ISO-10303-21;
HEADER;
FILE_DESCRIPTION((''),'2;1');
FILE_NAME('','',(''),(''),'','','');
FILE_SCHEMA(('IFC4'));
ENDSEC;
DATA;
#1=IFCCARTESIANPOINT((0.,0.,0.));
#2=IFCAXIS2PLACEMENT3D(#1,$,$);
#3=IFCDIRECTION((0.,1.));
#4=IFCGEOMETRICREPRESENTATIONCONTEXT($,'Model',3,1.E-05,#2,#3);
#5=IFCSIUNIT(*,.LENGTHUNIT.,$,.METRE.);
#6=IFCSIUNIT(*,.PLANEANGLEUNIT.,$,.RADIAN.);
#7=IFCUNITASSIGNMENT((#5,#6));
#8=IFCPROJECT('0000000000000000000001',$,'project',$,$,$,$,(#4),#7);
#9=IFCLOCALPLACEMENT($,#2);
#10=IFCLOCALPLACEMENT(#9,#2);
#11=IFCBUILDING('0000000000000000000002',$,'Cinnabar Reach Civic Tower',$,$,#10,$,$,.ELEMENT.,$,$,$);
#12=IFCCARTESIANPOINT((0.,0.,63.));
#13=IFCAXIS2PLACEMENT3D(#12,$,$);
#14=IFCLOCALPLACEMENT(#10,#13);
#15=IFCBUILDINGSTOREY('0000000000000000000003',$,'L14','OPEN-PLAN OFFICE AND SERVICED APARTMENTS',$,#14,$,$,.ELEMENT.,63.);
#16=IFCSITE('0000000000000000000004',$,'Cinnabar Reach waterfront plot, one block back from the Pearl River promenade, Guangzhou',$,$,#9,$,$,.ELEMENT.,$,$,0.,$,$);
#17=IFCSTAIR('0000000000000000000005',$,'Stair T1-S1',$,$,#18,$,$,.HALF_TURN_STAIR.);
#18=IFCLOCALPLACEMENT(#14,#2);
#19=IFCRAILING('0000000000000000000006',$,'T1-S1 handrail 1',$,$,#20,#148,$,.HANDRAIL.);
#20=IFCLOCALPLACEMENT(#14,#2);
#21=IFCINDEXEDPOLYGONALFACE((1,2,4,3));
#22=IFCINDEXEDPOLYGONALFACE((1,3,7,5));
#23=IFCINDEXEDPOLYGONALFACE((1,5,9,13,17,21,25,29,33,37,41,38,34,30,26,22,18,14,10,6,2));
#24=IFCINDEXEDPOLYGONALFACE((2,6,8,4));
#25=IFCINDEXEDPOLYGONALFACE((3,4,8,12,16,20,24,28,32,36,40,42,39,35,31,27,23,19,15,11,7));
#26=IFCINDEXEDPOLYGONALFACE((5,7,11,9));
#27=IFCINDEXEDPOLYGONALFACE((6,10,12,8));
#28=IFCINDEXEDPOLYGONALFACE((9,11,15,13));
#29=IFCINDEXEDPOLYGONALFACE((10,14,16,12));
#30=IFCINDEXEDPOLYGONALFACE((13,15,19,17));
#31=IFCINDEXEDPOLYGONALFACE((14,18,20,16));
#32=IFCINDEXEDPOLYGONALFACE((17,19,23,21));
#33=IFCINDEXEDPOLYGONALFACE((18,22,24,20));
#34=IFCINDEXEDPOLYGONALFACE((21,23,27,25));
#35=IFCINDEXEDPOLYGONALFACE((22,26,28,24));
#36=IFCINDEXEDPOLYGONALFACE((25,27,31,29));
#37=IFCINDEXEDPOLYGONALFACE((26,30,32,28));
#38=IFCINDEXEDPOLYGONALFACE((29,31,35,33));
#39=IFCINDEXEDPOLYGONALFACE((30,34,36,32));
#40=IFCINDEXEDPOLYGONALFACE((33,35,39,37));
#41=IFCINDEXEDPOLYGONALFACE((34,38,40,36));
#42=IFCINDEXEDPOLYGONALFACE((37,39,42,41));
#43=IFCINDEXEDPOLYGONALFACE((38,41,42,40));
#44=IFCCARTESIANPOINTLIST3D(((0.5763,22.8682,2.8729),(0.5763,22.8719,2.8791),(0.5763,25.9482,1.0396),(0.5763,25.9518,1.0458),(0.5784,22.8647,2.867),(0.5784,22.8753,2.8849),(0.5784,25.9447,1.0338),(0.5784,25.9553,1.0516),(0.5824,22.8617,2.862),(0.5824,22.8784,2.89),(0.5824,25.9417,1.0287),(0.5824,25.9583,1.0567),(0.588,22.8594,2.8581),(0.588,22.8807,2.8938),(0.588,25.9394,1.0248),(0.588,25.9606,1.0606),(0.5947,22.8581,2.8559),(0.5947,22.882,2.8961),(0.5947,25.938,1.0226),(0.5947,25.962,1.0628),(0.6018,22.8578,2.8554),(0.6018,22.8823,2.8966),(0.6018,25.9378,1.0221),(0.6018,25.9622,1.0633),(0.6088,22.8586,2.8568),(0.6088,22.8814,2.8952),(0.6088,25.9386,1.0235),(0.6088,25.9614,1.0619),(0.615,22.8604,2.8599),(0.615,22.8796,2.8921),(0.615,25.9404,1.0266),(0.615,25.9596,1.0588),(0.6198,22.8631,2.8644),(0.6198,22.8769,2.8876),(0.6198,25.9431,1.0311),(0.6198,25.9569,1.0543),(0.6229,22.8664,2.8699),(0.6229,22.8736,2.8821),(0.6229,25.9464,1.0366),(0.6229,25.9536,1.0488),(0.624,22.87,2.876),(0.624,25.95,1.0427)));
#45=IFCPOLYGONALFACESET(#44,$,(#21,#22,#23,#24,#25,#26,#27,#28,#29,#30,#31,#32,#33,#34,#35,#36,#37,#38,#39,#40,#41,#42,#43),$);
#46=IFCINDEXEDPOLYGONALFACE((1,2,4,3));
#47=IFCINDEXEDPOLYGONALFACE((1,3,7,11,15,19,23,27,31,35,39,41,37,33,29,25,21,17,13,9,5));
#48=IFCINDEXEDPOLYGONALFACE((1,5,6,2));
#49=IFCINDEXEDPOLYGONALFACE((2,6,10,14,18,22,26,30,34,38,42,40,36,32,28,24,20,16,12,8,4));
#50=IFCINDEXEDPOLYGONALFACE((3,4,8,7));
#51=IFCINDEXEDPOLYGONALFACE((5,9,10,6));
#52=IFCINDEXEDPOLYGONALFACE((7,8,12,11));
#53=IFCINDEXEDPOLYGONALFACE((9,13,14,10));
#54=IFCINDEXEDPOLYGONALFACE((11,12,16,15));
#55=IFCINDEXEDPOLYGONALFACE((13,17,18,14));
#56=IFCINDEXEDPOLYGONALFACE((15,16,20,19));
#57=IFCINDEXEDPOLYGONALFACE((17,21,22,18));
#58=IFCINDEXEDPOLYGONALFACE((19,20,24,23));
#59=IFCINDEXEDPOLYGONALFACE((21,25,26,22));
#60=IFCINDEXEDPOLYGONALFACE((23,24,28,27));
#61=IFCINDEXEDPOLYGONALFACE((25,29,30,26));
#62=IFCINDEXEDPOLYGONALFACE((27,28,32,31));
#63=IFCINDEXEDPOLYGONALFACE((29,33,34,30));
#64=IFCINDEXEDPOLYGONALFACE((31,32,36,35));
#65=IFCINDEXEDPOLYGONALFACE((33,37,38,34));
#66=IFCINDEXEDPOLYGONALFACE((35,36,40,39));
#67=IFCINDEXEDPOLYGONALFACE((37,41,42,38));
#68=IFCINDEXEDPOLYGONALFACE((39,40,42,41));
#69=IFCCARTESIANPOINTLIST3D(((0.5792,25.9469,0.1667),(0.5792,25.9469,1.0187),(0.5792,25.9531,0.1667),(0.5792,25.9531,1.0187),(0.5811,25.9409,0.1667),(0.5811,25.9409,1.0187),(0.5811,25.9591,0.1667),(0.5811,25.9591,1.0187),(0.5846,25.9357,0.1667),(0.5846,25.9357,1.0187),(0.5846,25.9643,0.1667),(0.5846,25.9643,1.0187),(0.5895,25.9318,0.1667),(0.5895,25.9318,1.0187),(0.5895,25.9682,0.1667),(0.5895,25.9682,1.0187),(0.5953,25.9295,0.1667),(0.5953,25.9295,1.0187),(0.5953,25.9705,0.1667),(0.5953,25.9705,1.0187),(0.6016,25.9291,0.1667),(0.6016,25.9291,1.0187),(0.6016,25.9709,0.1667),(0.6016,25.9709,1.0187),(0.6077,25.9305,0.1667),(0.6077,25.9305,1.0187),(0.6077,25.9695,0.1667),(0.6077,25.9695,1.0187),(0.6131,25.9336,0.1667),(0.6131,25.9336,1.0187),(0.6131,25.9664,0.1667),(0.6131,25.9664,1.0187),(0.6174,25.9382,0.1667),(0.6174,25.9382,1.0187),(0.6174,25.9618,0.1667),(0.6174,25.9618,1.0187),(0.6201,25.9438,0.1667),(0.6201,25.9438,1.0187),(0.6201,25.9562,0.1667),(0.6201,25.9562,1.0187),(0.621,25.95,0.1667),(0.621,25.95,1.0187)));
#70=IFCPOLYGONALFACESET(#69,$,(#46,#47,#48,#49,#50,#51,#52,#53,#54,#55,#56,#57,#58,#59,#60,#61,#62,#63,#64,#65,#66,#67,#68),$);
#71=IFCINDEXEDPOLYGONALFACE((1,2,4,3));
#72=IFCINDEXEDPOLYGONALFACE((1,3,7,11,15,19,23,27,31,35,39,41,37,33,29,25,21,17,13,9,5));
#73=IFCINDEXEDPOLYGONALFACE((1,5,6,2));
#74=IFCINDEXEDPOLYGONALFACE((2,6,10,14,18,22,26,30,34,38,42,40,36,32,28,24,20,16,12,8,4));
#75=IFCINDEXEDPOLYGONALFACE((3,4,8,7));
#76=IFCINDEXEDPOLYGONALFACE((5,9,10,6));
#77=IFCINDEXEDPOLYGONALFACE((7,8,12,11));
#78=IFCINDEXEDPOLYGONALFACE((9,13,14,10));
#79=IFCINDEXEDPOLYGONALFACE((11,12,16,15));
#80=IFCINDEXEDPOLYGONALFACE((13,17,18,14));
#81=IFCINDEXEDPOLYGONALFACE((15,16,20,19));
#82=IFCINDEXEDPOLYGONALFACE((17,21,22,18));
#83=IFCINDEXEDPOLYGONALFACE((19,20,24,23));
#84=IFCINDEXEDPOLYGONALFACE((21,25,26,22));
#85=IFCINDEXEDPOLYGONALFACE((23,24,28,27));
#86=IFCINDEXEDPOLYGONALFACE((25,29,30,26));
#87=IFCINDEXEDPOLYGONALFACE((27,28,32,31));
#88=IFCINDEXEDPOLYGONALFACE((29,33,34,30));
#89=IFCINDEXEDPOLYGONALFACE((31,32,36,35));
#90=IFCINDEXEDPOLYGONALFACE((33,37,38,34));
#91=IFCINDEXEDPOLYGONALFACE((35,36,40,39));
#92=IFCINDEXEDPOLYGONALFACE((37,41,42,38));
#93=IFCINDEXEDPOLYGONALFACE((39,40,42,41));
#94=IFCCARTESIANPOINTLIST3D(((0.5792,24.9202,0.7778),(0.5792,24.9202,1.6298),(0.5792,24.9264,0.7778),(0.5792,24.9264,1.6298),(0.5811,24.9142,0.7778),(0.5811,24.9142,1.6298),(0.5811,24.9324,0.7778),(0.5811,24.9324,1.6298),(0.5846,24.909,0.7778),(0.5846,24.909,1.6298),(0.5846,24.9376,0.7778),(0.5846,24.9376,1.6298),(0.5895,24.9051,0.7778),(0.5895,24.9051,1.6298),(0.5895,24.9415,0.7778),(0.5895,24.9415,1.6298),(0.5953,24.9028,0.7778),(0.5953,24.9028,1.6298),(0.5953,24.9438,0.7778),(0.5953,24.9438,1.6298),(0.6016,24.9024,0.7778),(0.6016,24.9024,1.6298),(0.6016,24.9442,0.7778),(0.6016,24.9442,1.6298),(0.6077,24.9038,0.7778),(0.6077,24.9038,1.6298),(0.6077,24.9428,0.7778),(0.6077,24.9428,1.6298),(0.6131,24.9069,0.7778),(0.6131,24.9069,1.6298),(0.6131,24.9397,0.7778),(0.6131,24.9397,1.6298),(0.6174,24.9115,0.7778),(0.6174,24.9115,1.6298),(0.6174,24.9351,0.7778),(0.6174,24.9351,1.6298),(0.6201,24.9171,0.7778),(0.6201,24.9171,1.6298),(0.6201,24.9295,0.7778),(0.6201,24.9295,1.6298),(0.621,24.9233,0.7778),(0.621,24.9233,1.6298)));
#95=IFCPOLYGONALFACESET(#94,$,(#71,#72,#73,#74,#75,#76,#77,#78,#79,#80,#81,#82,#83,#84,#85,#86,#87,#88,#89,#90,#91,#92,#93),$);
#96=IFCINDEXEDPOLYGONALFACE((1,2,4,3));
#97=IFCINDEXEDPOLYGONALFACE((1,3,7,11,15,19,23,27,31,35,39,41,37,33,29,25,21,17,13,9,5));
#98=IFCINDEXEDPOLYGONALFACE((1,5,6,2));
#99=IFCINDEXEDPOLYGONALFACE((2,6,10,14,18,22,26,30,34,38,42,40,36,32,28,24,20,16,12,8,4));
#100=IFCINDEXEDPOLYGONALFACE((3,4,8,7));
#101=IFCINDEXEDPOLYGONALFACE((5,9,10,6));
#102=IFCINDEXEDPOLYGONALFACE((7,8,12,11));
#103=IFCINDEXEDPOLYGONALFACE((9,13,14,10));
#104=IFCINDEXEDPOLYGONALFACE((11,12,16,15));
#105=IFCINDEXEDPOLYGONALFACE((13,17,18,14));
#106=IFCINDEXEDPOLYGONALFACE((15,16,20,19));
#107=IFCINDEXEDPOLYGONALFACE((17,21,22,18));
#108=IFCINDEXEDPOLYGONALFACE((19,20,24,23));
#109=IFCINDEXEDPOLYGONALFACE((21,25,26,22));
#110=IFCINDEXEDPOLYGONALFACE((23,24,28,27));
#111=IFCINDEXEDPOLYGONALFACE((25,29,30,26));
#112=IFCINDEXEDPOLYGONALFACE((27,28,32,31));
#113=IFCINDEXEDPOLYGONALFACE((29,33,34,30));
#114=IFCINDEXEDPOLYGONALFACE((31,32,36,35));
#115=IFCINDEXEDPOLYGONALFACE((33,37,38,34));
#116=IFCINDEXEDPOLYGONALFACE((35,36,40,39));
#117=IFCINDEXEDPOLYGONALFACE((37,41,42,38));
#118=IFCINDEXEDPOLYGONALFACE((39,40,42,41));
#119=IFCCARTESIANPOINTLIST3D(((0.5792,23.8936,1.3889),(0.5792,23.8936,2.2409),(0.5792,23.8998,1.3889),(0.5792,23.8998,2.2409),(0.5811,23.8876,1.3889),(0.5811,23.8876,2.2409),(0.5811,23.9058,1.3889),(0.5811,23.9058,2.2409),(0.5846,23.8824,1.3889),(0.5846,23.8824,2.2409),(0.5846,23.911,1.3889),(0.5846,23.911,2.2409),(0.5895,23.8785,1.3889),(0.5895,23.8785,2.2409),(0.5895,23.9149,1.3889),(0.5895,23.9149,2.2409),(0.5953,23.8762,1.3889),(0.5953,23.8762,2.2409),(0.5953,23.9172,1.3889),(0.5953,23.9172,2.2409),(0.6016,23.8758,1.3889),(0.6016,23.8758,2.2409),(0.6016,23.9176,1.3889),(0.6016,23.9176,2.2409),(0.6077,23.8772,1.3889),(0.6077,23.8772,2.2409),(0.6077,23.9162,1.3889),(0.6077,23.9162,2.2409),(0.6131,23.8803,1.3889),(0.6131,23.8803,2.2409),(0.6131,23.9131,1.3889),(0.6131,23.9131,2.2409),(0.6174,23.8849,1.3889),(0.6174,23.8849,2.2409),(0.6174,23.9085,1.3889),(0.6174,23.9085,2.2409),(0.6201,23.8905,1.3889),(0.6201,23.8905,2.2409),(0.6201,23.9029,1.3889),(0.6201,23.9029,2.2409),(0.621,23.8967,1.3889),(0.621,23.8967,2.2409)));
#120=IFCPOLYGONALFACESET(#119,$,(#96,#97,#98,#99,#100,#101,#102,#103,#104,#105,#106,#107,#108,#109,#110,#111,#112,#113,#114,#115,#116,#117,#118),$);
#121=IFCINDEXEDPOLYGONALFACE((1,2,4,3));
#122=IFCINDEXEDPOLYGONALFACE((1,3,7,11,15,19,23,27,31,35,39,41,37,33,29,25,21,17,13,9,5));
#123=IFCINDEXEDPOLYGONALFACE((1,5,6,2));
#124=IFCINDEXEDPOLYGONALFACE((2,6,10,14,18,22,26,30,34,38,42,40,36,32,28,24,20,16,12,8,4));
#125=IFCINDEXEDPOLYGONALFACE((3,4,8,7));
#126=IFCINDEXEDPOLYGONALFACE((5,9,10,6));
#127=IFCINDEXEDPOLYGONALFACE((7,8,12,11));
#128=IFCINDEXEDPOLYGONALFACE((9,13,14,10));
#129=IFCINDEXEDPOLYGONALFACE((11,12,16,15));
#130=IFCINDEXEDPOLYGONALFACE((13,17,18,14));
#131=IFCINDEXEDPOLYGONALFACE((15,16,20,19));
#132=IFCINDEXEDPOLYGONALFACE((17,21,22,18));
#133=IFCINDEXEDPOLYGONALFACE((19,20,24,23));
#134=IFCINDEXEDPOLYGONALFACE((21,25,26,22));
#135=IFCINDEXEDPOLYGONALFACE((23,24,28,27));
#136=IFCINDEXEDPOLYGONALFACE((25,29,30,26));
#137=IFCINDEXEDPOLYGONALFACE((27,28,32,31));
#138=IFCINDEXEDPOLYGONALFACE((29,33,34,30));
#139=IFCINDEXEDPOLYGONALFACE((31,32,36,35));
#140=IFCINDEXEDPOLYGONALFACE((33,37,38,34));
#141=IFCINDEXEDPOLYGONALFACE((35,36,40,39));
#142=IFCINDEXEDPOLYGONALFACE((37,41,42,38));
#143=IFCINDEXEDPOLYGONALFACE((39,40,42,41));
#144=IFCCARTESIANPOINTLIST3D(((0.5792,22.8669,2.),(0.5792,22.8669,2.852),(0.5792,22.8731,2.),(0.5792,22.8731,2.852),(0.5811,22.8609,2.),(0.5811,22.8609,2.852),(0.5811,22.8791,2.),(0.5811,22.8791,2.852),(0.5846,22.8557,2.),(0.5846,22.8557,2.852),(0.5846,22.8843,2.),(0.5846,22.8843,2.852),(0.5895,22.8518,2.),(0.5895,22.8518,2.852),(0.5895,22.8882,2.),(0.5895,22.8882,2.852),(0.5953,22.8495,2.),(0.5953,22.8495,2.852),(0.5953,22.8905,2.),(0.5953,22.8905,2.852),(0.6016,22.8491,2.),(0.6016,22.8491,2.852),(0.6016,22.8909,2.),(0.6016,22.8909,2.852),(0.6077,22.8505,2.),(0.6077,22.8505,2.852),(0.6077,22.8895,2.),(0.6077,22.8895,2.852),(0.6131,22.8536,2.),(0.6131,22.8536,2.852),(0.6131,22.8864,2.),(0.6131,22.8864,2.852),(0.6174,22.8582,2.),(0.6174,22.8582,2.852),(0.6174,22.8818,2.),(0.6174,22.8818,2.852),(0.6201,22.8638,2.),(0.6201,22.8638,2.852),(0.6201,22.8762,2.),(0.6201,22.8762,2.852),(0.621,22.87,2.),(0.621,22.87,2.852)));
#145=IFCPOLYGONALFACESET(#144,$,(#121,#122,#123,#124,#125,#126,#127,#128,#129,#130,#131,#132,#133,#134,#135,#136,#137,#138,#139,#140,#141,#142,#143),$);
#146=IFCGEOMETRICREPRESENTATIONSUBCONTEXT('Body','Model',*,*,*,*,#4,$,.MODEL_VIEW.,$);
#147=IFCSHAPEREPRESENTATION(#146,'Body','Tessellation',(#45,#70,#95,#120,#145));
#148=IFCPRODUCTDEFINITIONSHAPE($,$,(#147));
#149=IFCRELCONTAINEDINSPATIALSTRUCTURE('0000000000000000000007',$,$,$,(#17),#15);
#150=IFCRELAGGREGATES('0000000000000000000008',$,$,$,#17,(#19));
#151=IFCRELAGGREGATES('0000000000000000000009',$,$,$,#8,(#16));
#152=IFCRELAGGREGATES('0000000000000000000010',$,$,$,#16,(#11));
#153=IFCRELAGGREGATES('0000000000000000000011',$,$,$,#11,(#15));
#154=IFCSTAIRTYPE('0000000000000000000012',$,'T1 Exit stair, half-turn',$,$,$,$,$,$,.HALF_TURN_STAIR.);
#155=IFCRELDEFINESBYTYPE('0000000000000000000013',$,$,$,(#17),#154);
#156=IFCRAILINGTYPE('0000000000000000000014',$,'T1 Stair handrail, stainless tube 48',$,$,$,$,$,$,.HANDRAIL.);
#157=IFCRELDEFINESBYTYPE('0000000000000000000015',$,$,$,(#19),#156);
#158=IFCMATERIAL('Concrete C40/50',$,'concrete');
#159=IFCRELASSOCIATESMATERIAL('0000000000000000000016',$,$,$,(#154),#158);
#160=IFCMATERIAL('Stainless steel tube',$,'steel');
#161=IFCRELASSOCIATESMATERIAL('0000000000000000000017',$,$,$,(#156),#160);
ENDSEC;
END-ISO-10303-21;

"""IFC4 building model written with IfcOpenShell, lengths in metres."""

from ifc_helpers import new_model, si_unit, direction, frame, origin, origin_2d, place, context, subcontext, project, spatial, circle, extrude, material, type_object, element, aggregate, save


model = new_model("IFC4")

# Units and contexts
model_context = context("Model", 3, precision=1e-05, world=origin(), true_north=direction((0.0, 1.0)))
body_context = subcontext(model_context, "Body", "Model", "MODEL_VIEW")
ifc_project = project(units=[si_unit("LENGTHUNIT", "METRE"), si_unit("PLANEANGLEUNIT", "RADIAN")], contexts=[model_context])

# Site, building, storey
site_placement = place(None, origin())
site = spatial("IfcSite", under=ifc_project, at=site_placement, Name="Cinnabar Reach waterfront plot, one block back from the Pearl River promenade, Guangzhou", CompositionType="ELEMENT", RefElevation=0.0)
building_placement = place(site_placement, origin())
building = spatial("IfcBuilding", under=site, at=building_placement, Name="Cinnabar Reach Civic Tower", CompositionType="ELEMENT")
storey_placement = place(building_placement, frame((0.0, 0.0, 63.0)))
storey = spatial("IfcBuildingStorey", under=building, at=storey_placement, Name="L14", Description="OPEN-PLAN OFFICE AND SERVICED APARTMENTS", CompositionType="ELEMENT", Elevation=63.0)

# Shared definitions
ifc_material_1 = material(Name="Concrete C40/50", Category="concrete")

# Stair, railing
stair_type_1 = type_object("IfcStairType", Name="T1 Exit stair, half-turn", PredefinedType="HALF_TURN_STAIR", material=ifc_material_1)
stair_1_placement = place(storey_placement, origin())
stair_1 = element("IfcStair", 1, at=stair_1_placement, inside=storey, type_object=stair_type_1, Name="Stair T1-S1", PredefinedType="HALF_TURN_STAIR")
ifc_material_2 = material(Name="Stainless steel tube", Category="steel")
railing_type_1 = type_object("IfcRailingType", Name="T1 Stair handrail, stainless tube 48", PredefinedType="HANDRAIL", material=ifc_material_2)
railing_1_placement = place(storey_placement, frame((0.6, 25.95, 0.1667)))
railing_1 = element("IfcRailing", 2, at=railing_1_placement, type_object=railing_type_1, Name="T1-S1 handrail 1", PredefinedType="HANDRAIL", context=body_context, shape_type="SweptSolid", body=[
    extrude(circle(Radius=0.024, at=origin_2d()), frame((0.0, 0.0, 0.876), z_axis=(0.0, -0.859297, 0.511477), x_axis=(1.0, 0.0, 0.0)), (0.0, 0.0, 1.0), 3.5843),
    extrude(circle(Radius=0.021, at=origin_2d()), origin(), (0.0, 0.0, 1.0), 0.852),
    extrude(circle(Radius=0.021, at=origin_2d()), frame((0.0, -1.0267, 0.6111)), (0.0, 0.0, 1.0), 0.852),
    extrude(circle(Radius=0.021, at=origin_2d()), frame((0.0, -2.0533, 1.2222)), (0.0, 0.0, 1.0), 0.852),
    extrude(circle(Radius=0.021, at=origin_2d()), frame((0.0, -3.08, 1.8333)), (0.0, 0.0, 1.0), 0.852),
])
aggregate(stair_1, [railing_1])

save(model, "model.ifc")
